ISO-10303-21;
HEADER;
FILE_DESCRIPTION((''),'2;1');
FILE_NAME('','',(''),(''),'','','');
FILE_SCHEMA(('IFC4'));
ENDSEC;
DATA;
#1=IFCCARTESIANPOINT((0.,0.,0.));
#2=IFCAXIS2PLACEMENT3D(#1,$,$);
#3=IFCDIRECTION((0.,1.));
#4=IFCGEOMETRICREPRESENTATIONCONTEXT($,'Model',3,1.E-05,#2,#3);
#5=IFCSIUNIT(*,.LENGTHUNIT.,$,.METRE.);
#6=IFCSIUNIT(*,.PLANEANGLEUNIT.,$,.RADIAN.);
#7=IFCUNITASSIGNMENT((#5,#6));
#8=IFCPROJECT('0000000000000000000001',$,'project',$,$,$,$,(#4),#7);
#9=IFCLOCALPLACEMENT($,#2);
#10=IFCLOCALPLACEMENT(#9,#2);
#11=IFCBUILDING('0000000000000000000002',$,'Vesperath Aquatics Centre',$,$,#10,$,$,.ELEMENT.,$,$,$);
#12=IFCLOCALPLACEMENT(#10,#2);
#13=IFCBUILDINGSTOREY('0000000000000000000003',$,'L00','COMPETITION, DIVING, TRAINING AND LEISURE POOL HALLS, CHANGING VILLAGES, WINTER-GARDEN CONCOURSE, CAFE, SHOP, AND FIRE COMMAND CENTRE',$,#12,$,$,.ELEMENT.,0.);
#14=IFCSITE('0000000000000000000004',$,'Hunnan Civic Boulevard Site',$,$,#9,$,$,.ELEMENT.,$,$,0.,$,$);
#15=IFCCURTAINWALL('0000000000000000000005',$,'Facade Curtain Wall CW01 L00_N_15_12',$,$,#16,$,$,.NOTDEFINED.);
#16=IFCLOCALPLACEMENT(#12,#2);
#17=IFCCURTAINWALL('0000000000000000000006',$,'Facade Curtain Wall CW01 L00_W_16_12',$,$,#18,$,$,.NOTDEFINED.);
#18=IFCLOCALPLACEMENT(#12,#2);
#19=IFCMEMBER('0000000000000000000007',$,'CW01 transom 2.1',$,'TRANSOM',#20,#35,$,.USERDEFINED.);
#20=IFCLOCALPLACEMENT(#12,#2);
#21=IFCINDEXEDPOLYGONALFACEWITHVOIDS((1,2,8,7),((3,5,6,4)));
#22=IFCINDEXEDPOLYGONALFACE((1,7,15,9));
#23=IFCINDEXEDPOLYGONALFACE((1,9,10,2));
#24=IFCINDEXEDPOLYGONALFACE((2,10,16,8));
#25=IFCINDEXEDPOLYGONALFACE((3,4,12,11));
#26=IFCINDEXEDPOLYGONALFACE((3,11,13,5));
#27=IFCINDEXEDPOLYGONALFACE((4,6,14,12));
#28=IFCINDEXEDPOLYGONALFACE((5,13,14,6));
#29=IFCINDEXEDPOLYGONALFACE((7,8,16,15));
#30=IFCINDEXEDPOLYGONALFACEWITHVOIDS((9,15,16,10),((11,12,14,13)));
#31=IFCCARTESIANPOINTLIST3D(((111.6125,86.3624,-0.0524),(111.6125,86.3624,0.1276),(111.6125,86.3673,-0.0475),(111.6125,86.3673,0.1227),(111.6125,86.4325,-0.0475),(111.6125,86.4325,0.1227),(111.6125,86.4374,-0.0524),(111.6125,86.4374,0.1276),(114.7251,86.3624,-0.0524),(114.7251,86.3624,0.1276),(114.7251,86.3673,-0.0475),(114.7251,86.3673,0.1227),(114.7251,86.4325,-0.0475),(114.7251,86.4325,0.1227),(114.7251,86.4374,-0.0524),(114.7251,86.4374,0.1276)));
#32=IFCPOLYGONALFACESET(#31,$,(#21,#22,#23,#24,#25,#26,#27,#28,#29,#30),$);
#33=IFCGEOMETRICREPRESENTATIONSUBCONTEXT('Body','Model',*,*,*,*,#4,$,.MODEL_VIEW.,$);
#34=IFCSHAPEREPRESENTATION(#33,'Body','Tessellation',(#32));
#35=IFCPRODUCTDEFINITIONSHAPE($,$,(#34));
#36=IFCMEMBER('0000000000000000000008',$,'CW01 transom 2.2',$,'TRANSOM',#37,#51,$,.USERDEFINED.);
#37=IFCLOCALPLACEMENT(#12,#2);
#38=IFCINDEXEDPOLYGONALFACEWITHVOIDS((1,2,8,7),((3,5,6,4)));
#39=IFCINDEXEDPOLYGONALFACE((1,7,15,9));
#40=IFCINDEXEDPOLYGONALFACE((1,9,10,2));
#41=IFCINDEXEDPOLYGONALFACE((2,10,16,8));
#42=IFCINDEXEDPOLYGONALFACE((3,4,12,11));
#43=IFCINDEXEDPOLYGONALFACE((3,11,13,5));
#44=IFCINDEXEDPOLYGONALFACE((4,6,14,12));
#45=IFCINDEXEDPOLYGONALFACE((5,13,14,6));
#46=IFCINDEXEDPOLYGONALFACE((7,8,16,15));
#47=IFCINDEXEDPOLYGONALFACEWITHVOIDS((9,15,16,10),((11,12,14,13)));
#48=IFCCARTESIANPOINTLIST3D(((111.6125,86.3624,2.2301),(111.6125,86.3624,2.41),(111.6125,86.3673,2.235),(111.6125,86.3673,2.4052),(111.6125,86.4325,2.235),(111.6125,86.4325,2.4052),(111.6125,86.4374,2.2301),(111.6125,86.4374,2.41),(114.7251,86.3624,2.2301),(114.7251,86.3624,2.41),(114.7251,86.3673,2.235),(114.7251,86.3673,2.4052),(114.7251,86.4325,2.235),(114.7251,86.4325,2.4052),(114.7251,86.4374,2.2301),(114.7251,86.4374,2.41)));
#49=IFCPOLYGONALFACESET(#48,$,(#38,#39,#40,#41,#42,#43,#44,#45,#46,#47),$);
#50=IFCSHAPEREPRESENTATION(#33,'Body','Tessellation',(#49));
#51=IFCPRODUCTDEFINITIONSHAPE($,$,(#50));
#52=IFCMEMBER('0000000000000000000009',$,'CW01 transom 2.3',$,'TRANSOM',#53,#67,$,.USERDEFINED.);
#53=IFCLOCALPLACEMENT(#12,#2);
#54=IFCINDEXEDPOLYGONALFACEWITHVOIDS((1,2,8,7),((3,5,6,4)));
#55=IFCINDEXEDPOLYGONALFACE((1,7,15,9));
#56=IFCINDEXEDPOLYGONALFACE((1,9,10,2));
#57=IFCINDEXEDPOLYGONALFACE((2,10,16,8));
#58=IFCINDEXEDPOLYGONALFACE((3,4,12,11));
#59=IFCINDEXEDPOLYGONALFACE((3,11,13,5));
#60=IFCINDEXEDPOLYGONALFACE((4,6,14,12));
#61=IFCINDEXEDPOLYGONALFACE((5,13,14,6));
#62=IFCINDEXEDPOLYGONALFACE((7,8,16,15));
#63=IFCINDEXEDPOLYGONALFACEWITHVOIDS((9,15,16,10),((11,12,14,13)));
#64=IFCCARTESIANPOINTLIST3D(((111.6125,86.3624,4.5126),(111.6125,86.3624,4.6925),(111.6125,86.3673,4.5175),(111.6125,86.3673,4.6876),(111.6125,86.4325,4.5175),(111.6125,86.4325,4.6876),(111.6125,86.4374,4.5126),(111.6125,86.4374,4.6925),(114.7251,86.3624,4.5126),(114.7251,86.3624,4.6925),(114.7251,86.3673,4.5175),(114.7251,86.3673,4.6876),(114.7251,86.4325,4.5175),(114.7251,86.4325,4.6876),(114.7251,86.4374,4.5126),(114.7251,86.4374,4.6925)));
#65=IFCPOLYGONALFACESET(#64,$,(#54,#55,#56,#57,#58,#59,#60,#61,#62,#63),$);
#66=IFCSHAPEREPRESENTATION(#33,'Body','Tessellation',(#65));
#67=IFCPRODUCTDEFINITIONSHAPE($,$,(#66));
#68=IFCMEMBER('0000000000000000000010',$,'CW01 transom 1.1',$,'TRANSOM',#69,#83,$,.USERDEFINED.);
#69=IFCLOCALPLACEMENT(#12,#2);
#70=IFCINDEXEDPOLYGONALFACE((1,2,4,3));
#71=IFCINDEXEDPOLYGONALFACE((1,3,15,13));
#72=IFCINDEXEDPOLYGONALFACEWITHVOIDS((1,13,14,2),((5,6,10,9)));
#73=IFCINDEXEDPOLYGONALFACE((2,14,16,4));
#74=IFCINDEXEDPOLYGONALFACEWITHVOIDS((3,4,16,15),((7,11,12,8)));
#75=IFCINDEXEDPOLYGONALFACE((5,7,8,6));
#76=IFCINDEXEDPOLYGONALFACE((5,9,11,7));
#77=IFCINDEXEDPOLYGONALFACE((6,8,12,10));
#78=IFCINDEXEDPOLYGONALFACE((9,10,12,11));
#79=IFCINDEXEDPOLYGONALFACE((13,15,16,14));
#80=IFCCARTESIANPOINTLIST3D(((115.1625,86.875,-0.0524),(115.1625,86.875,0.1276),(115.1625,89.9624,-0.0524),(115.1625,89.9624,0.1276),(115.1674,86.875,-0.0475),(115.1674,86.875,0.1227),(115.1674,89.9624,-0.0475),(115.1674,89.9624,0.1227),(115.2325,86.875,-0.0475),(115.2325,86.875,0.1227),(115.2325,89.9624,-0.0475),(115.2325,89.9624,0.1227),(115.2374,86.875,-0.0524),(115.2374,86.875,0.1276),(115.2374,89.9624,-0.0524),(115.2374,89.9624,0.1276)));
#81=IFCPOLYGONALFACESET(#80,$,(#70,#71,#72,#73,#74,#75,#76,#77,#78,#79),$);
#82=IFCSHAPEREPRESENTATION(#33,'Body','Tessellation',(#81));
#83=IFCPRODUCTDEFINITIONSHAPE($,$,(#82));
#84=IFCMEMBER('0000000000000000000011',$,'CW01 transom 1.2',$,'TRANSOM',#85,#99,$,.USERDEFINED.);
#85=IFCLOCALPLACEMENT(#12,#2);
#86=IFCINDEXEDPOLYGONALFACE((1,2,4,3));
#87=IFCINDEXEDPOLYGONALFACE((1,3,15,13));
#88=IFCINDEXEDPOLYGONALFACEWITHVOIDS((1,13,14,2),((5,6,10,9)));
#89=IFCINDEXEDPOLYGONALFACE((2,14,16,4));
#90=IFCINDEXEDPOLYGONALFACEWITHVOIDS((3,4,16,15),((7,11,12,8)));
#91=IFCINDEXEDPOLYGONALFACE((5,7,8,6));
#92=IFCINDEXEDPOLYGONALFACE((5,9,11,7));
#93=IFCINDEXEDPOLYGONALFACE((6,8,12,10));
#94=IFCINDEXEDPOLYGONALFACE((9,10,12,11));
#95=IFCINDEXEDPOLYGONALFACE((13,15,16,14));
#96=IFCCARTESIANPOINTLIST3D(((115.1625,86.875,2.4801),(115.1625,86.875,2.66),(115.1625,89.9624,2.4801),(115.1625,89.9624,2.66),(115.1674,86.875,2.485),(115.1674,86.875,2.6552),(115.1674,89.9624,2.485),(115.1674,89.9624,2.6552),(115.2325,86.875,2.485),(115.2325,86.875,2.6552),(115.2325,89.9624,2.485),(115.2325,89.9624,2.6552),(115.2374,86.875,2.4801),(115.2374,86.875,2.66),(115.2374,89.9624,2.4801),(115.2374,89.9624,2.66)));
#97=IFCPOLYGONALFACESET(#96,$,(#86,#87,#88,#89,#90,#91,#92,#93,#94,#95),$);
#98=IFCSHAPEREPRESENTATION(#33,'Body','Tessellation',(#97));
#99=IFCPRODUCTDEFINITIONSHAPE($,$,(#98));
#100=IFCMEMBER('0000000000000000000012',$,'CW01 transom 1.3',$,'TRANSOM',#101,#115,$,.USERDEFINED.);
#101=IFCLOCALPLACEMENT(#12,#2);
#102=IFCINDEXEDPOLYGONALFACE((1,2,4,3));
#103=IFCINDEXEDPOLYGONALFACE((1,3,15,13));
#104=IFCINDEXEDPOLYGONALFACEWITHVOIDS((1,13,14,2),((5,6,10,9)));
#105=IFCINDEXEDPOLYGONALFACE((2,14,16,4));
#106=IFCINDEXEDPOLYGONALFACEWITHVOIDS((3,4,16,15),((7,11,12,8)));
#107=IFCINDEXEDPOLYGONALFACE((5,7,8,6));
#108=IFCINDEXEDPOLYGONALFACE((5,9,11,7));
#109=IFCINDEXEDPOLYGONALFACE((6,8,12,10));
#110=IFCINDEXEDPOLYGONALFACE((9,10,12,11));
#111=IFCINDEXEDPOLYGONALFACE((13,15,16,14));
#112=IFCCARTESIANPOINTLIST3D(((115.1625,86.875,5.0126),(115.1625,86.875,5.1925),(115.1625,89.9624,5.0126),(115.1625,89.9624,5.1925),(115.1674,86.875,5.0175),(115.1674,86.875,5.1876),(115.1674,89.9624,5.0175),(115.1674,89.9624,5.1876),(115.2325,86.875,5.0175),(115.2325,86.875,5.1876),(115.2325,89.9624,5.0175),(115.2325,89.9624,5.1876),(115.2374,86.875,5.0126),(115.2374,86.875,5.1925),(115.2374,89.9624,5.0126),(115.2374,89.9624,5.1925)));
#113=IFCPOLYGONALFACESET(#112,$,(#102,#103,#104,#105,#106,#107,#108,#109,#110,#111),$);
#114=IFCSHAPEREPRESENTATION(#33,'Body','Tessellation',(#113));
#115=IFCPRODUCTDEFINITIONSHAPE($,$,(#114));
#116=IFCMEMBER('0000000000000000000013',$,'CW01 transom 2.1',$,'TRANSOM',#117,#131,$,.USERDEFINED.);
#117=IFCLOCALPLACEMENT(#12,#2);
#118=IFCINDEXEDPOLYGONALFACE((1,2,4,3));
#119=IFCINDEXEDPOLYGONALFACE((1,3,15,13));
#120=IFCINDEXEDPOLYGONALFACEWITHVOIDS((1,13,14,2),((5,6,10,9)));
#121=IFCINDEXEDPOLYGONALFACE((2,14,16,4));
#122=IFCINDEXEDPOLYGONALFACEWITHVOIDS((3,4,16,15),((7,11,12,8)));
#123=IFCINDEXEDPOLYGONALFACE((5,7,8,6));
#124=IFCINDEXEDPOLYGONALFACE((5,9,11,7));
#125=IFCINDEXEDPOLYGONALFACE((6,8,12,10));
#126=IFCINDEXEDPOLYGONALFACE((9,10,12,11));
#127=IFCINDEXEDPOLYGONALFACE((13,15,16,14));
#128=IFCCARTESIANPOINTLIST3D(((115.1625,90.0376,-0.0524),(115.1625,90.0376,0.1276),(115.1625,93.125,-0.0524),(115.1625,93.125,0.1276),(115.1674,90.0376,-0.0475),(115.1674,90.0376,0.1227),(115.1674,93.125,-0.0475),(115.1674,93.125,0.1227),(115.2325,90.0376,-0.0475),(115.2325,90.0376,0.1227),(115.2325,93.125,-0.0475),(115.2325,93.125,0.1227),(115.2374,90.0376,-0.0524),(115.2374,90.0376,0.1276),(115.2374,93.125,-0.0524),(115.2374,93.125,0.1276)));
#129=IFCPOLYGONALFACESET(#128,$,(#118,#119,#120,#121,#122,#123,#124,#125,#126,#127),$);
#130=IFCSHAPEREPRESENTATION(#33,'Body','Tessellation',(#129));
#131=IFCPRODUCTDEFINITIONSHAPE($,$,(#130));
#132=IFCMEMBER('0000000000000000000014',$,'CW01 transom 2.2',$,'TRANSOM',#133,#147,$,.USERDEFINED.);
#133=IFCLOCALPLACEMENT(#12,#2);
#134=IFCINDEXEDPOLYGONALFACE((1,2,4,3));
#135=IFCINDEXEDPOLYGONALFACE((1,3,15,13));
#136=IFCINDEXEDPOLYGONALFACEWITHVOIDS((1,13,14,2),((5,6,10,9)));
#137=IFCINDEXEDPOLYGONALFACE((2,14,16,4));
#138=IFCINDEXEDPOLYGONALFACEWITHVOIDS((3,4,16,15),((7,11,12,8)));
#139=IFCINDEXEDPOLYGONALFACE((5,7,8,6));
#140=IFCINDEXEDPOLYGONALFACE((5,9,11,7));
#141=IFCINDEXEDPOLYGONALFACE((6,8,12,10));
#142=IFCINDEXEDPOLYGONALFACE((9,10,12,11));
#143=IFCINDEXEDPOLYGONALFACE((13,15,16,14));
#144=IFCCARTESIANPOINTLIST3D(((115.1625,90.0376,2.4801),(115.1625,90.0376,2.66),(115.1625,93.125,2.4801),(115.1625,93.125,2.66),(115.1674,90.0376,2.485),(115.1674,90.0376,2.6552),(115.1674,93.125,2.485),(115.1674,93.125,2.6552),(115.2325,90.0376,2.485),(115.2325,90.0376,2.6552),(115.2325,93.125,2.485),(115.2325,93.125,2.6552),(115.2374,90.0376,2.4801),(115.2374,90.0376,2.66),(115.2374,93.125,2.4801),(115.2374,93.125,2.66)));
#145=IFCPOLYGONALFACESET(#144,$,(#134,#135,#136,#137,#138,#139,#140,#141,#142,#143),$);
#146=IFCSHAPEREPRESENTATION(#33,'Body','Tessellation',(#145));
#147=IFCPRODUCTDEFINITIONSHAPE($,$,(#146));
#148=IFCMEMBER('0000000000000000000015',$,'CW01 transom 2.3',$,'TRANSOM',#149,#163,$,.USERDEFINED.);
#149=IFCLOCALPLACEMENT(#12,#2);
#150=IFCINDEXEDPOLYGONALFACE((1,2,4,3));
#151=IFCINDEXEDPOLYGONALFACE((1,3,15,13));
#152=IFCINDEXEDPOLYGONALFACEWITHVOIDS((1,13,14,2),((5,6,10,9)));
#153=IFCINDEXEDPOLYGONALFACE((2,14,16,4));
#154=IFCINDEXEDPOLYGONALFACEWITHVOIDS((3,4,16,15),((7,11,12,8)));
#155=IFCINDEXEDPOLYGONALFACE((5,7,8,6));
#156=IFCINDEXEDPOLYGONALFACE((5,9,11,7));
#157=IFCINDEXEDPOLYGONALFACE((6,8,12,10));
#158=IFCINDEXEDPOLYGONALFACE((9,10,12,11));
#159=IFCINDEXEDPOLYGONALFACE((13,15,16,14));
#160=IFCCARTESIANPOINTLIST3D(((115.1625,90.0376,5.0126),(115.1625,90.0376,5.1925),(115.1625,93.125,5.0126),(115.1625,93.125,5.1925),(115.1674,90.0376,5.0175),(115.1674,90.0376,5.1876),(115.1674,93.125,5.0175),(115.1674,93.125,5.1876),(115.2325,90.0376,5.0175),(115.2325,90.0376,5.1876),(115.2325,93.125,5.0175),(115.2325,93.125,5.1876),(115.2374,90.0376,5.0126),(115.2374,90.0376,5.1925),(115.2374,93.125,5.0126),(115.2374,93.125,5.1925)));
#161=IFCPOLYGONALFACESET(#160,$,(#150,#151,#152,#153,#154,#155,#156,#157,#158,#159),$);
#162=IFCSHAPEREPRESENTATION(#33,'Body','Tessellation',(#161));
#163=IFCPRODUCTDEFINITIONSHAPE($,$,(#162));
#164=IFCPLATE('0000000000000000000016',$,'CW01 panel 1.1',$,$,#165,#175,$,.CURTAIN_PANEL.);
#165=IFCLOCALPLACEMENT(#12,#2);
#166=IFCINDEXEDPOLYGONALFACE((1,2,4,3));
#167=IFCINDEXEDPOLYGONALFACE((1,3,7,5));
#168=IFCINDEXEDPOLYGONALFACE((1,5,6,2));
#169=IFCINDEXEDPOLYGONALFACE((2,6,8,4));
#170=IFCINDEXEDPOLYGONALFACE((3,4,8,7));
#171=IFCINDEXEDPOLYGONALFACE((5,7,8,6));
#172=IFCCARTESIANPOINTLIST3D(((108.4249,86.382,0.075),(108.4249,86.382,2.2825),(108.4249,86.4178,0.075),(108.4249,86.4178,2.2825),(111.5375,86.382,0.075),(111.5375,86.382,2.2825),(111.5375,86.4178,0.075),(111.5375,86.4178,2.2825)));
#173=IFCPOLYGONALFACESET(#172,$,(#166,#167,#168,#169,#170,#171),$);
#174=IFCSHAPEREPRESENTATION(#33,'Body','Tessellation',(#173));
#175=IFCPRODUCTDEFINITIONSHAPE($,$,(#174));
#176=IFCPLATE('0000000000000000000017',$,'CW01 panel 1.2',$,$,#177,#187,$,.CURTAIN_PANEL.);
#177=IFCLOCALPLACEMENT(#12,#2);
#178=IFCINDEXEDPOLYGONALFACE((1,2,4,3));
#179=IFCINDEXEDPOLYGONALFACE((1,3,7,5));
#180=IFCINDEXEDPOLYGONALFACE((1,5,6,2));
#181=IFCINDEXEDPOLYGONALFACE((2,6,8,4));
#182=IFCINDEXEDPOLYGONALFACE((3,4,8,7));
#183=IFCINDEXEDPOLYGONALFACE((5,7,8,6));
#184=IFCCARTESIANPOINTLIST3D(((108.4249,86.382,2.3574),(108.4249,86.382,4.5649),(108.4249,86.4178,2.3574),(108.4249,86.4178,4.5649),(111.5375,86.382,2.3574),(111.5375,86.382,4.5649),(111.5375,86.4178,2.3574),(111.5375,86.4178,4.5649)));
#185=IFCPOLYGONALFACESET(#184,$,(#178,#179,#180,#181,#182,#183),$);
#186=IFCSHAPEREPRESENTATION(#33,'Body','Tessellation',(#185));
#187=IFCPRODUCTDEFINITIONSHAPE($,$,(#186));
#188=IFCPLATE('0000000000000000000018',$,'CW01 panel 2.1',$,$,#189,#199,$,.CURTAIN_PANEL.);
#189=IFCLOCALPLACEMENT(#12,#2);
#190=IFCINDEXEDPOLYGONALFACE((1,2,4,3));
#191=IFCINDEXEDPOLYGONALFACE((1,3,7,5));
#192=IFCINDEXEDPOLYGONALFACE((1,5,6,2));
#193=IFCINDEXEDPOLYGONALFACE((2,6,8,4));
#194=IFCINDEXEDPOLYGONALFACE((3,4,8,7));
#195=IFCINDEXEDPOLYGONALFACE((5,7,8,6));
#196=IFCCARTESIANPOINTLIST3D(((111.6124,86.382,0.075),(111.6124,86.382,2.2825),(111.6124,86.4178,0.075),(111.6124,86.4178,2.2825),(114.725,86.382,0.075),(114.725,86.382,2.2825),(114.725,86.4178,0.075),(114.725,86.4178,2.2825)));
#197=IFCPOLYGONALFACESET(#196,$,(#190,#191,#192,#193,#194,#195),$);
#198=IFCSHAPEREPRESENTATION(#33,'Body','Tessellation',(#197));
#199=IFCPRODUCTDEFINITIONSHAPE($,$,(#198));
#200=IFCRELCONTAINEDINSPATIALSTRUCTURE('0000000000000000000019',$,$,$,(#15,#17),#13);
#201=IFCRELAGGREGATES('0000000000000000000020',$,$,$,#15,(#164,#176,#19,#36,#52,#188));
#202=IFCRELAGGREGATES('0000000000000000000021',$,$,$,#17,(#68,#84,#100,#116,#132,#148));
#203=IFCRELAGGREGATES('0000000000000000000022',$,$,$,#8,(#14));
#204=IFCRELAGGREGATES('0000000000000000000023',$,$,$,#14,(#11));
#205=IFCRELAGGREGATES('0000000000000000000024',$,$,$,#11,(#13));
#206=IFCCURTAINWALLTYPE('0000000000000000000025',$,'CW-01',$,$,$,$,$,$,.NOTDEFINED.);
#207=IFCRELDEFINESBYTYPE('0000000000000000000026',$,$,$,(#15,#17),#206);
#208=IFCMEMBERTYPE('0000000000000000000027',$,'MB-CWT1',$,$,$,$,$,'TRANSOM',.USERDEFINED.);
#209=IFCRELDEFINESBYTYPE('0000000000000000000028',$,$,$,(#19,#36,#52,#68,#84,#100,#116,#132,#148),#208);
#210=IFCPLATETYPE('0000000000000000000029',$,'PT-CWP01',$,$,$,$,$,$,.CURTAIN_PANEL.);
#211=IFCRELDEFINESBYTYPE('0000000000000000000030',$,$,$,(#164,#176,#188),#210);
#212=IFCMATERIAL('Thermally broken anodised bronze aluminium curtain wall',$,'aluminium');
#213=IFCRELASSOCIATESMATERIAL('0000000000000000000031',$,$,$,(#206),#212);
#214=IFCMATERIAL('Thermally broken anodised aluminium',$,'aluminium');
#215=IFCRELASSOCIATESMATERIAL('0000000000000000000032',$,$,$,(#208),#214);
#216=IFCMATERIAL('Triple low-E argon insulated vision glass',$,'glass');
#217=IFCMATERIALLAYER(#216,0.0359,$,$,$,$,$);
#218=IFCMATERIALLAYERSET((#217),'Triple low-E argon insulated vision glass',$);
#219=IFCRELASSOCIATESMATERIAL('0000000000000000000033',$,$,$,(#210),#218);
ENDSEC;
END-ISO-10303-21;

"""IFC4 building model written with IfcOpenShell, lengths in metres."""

from ifc_helpers import new_model, si_unit, direction, frame, origin, origin_2d, place, context, subcontext, project, spatial, rectangle, hollow_rectangle, extrude, material, layer, layer_set, material_profile, profile_set, type_object, element, aggregate, save


model = new_model("IFC4")

# Units and contexts
model_context = context("Model", 3, precision=1e-05, world=origin(), true_north=direction((0.0, 1.0)))
body_context = subcontext(model_context, "Body", "Model", "MODEL_VIEW")
ifc_project = project(units=[si_unit("LENGTHUNIT", "METRE"), si_unit("PLANEANGLEUNIT", "RADIAN")], contexts=[model_context])

# Site, building, storey
site_placement = place(None, origin())
site = spatial("IfcSite", under=ifc_project, at=site_placement, Name="Hunnan Civic Boulevard Site", CompositionType="ELEMENT", RefElevation=0.0)
building_placement = place(site_placement, origin())
building = spatial("IfcBuilding", under=site, at=building_placement, Name="Vesperath Aquatics Centre", CompositionType="ELEMENT")
storey_placement = place(building_placement, origin())
storey = spatial("IfcBuildingStorey", under=building, at=storey_placement, Name="L00", Description="COMPETITION, DIVING, TRAINING AND LEISURE POOL HALLS, CHANGING VILLAGES, WINTER-GARDEN CONCOURSE, CAFE, SHOP, AND FIRE COMMAND CENTRE", CompositionType="ELEMENT", Elevation=0.0)

# Curtain walls
ifc_material_1 = material(Name="Thermally broken anodised bronze aluminium curtain wall", Category="aluminium")
curtain_wall_type = type_object("IfcCurtainWallType", Name="CW-01", PredefinedType="NOTDEFINED", material=ifc_material_1)
curtain_wall_1_placement = place(storey_placement, origin())
curtain_wall_1 = element("IfcCurtainWall", 1, at=curtain_wall_1_placement, inside=storey, type_object=curtain_wall_type, Name="Facade Curtain Wall CW01 L00_N_15_12", PredefinedType="NOTDEFINED")
ifc_material_2 = material(Name="Thermally broken anodised aluminium", Category="aluminium")
curtain_wall_2_placement = place(storey_placement, origin())
curtain_wall_2 = element("IfcCurtainWall", 2, at=curtain_wall_2_placement, inside=storey, type_object=curtain_wall_type, Name="Facade Curtain Wall CW01 L00_W_16_12", PredefinedType="NOTDEFINED")

# Members
ifc_material_profile_1 = material_profile(ifc_material_2, hollow_rectangle(XDim=0.075, YDim=0.1799, WallThickness=0.0049, at=origin_2d()), Name="CWT 75x180x5")
ifc_profile_set_1 = profile_set([ifc_material_profile_1], Name="Thermally broken anodised aluminium")
member_type_1 = type_object("IfcMemberType", Name="MB-CWT1", ElementType="TRANSOM", PredefinedType="USERDEFINED", material=ifc_profile_set_1)
member_1_placement = place(storey_placement, frame((111.6125, 86.3999, 0.0376), z_axis=(1.0, 0.0, 0.0), x_axis=(0.0, 1.0, 0.0)))
member_1 = element("IfcMember", 3, at=member_1_placement, type_object=member_type_1, Name="CW01 transom 2.1", ObjectType="TRANSOM", PredefinedType="USERDEFINED", context=body_context, shape_type="SweptSolid", body=[
    extrude(hollow_rectangle(XDim=0.075, YDim=0.1799, WallThickness=0.0049, at=origin_2d()), origin(), (0.0, 0.0, 1.0), 3.1125),
])
member_2_placement = place(storey_placement, frame((111.6125, 86.3999, 2.3201), z_axis=(1.0, 0.0, 0.0), x_axis=(0.0, 1.0, 0.0)))
member_2 = element("IfcMember", 4, at=member_2_placement, type_object=member_type_1, Name="CW01 transom 2.2", ObjectType="TRANSOM", PredefinedType="USERDEFINED", context=body_context, shape_type="SweptSolid", body=[
    extrude(hollow_rectangle(XDim=0.075, YDim=0.1799, WallThickness=0.0049, at=origin_2d()), origin(), (0.0, 0.0, 1.0), 3.1125),
])
member_3_placement = place(storey_placement, frame((111.6125, 86.3999, 4.6025), z_axis=(1.0, 0.0, 0.0), x_axis=(0.0, 1.0, 0.0)))
member_3 = element("IfcMember", 5, at=member_3_placement, type_object=member_type_1, Name="CW01 transom 2.3", ObjectType="TRANSOM", PredefinedType="USERDEFINED", context=body_context, shape_type="SweptSolid", body=[
    extrude(hollow_rectangle(XDim=0.075, YDim=0.1799, WallThickness=0.0049, at=origin_2d()), origin(), (0.0, 0.0, 1.0), 3.1125),
])
member_4_placement = place(storey_placement, frame((115.2, 86.875, 0.0376), z_axis=(0.0, 1.0, 0.0), x_axis=(-1.0, 0.0, 0.0)))
member_4 = element("IfcMember", 6, at=member_4_placement, type_object=member_type_1, Name="CW01 transom 1.1", ObjectType="TRANSOM", PredefinedType="USERDEFINED", context=body_context, shape_type="SweptSolid", body=[
    extrude(hollow_rectangle(XDim=0.075, YDim=0.1799, WallThickness=0.0049, at=origin_2d()), origin(), (0.0, 0.0, 1.0), 3.0874),
])
member_5_placement = place(storey_placement, frame((115.2, 86.875, 2.5701), z_axis=(0.0, 1.0, 0.0), x_axis=(-1.0, 0.0, 0.0)))
member_5 = element("IfcMember", 7, at=member_5_placement, type_object=member_type_1, Name="CW01 transom 1.2", ObjectType="TRANSOM", PredefinedType="USERDEFINED", context=body_context, shape_type="SweptSolid", body=[
    extrude(hollow_rectangle(XDim=0.075, YDim=0.1799, WallThickness=0.0049, at=origin_2d()), origin(), (0.0, 0.0, 1.0), 3.0874),
])
member_6_placement = place(storey_placement, frame((115.2, 86.875, 5.1025), z_axis=(0.0, 1.0, 0.0), x_axis=(-1.0, 0.0, 0.0)))
member_6 = element("IfcMember", 8, at=member_6_placement, type_object=member_type_1, Name="CW01 transom 1.3", ObjectType="TRANSOM", PredefinedType="USERDEFINED", context=body_context, shape_type="SweptSolid", body=[
    extrude(hollow_rectangle(XDim=0.075, YDim=0.1799, WallThickness=0.0049, at=origin_2d()), origin(), (0.0, 0.0, 1.0), 3.0874),
])
member_7_placement = place(storey_placement, frame((115.2, 90.0376, 0.0376), z_axis=(0.0, 1.0, 0.0), x_axis=(-1.0, 0.0, 0.0)))
member_7 = element("IfcMember", 9, at=member_7_placement, type_object=member_type_1, Name="CW01 transom 2.1", ObjectType="TRANSOM", PredefinedType="USERDEFINED", context=body_context, shape_type="SweptSolid", body=[
    extrude(hollow_rectangle(XDim=0.075, YDim=0.1799, WallThickness=0.0049, at=origin_2d()), origin(), (0.0, 0.0, 1.0), 3.0874),
])
member_8_placement = place(storey_placement, frame((115.2, 90.0376, 2.5701), z_axis=(0.0, 1.0, 0.0), x_axis=(-1.0, 0.0, 0.0)))
member_8 = element("IfcMember", 10, at=member_8_placement, type_object=member_type_1, Name="CW01 transom 2.2", ObjectType="TRANSOM", PredefinedType="USERDEFINED", context=body_context, shape_type="SweptSolid", body=[
    extrude(hollow_rectangle(XDim=0.075, YDim=0.1799, WallThickness=0.0049, at=origin_2d()), origin(), (0.0, 0.0, 1.0), 3.0874),
])
member_9_placement = place(storey_placement, frame((115.2, 90.0376, 5.1025), z_axis=(0.0, 1.0, 0.0), x_axis=(-1.0, 0.0, 0.0)))
member_9 = element("IfcMember", 11, at=member_9_placement, type_object=member_type_1, Name="CW01 transom 2.3", ObjectType="TRANSOM", PredefinedType="USERDEFINED", context=body_context, shape_type="SweptSolid", body=[
    extrude(hollow_rectangle(XDim=0.075, YDim=0.1799, WallThickness=0.0049, at=origin_2d()), origin(), (0.0, 0.0, 1.0), 3.0874),
])

# Plates
ifc_material_3 = material(Name="Triple low-E argon insulated vision glass", Category="glass")
ifc_layer_1 = layer(ifc_material_3, 0.0359)
ifc_layer_set_1 = layer_set([ifc_layer_1], Name="Triple low-E argon insulated vision glass")
plate_type = type_object("IfcPlateType", Name="PT-CWP01", PredefinedType="CURTAIN_PANEL", material=ifc_layer_set_1)
plate_1_placement = place(storey_placement, frame((109.9812, 86.3999, 0.075), z_axis=(0.0, 0.0, 1.0), x_axis=(1.0, 0.0, 0.0)))
plate_1 = element("IfcPlate", 12, at=plate_1_placement, type_object=plate_type, Name="CW01 panel 1.1", PredefinedType="CURTAIN_PANEL", context=body_context, shape_type="SweptSolid", body=[
    extrude(rectangle(XDim=3.1125, YDim=0.0359, at=origin_2d()), origin(), (0.0, 0.0, 1.0), 2.2075),
])
plate_2_placement = place(storey_placement, frame((109.9812, 86.3999, 2.3574), z_axis=(0.0, 0.0, 1.0), x_axis=(1.0, 0.0, 0.0)))
plate_2 = element("IfcPlate", 13, at=plate_2_placement, type_object=plate_type, Name="CW01 panel 1.2", PredefinedType="CURTAIN_PANEL", context=body_context, shape_type="SweptSolid", body=[
    extrude(rectangle(XDim=3.1125, YDim=0.0359, at=origin_2d()), origin(), (0.0, 0.0, 1.0), 2.2075),
])
plate_3_placement = place(storey_placement, frame((113.1687, 86.3999, 0.075), z_axis=(0.0, 0.0, 1.0), x_axis=(1.0, 0.0, 0.0)))
plate_3 = element("IfcPlate", 14, at=plate_3_placement, type_object=plate_type, Name="CW01 panel 2.1", PredefinedType="CURTAIN_PANEL", context=body_context, shape_type="SweptSolid", body=[
    extrude(rectangle(XDim=3.1125, YDim=0.0359, at=origin_2d()), origin(), (0.0, 0.0, 1.0), 2.2075),
])
aggregate(curtain_wall_1, [plate_1, plate_2, member_1, member_2, member_3, plate_3])
aggregate(curtain_wall_2, [member_4, member_5, member_6, member_7, member_8, member_9])

save(model, "model.ifc")
